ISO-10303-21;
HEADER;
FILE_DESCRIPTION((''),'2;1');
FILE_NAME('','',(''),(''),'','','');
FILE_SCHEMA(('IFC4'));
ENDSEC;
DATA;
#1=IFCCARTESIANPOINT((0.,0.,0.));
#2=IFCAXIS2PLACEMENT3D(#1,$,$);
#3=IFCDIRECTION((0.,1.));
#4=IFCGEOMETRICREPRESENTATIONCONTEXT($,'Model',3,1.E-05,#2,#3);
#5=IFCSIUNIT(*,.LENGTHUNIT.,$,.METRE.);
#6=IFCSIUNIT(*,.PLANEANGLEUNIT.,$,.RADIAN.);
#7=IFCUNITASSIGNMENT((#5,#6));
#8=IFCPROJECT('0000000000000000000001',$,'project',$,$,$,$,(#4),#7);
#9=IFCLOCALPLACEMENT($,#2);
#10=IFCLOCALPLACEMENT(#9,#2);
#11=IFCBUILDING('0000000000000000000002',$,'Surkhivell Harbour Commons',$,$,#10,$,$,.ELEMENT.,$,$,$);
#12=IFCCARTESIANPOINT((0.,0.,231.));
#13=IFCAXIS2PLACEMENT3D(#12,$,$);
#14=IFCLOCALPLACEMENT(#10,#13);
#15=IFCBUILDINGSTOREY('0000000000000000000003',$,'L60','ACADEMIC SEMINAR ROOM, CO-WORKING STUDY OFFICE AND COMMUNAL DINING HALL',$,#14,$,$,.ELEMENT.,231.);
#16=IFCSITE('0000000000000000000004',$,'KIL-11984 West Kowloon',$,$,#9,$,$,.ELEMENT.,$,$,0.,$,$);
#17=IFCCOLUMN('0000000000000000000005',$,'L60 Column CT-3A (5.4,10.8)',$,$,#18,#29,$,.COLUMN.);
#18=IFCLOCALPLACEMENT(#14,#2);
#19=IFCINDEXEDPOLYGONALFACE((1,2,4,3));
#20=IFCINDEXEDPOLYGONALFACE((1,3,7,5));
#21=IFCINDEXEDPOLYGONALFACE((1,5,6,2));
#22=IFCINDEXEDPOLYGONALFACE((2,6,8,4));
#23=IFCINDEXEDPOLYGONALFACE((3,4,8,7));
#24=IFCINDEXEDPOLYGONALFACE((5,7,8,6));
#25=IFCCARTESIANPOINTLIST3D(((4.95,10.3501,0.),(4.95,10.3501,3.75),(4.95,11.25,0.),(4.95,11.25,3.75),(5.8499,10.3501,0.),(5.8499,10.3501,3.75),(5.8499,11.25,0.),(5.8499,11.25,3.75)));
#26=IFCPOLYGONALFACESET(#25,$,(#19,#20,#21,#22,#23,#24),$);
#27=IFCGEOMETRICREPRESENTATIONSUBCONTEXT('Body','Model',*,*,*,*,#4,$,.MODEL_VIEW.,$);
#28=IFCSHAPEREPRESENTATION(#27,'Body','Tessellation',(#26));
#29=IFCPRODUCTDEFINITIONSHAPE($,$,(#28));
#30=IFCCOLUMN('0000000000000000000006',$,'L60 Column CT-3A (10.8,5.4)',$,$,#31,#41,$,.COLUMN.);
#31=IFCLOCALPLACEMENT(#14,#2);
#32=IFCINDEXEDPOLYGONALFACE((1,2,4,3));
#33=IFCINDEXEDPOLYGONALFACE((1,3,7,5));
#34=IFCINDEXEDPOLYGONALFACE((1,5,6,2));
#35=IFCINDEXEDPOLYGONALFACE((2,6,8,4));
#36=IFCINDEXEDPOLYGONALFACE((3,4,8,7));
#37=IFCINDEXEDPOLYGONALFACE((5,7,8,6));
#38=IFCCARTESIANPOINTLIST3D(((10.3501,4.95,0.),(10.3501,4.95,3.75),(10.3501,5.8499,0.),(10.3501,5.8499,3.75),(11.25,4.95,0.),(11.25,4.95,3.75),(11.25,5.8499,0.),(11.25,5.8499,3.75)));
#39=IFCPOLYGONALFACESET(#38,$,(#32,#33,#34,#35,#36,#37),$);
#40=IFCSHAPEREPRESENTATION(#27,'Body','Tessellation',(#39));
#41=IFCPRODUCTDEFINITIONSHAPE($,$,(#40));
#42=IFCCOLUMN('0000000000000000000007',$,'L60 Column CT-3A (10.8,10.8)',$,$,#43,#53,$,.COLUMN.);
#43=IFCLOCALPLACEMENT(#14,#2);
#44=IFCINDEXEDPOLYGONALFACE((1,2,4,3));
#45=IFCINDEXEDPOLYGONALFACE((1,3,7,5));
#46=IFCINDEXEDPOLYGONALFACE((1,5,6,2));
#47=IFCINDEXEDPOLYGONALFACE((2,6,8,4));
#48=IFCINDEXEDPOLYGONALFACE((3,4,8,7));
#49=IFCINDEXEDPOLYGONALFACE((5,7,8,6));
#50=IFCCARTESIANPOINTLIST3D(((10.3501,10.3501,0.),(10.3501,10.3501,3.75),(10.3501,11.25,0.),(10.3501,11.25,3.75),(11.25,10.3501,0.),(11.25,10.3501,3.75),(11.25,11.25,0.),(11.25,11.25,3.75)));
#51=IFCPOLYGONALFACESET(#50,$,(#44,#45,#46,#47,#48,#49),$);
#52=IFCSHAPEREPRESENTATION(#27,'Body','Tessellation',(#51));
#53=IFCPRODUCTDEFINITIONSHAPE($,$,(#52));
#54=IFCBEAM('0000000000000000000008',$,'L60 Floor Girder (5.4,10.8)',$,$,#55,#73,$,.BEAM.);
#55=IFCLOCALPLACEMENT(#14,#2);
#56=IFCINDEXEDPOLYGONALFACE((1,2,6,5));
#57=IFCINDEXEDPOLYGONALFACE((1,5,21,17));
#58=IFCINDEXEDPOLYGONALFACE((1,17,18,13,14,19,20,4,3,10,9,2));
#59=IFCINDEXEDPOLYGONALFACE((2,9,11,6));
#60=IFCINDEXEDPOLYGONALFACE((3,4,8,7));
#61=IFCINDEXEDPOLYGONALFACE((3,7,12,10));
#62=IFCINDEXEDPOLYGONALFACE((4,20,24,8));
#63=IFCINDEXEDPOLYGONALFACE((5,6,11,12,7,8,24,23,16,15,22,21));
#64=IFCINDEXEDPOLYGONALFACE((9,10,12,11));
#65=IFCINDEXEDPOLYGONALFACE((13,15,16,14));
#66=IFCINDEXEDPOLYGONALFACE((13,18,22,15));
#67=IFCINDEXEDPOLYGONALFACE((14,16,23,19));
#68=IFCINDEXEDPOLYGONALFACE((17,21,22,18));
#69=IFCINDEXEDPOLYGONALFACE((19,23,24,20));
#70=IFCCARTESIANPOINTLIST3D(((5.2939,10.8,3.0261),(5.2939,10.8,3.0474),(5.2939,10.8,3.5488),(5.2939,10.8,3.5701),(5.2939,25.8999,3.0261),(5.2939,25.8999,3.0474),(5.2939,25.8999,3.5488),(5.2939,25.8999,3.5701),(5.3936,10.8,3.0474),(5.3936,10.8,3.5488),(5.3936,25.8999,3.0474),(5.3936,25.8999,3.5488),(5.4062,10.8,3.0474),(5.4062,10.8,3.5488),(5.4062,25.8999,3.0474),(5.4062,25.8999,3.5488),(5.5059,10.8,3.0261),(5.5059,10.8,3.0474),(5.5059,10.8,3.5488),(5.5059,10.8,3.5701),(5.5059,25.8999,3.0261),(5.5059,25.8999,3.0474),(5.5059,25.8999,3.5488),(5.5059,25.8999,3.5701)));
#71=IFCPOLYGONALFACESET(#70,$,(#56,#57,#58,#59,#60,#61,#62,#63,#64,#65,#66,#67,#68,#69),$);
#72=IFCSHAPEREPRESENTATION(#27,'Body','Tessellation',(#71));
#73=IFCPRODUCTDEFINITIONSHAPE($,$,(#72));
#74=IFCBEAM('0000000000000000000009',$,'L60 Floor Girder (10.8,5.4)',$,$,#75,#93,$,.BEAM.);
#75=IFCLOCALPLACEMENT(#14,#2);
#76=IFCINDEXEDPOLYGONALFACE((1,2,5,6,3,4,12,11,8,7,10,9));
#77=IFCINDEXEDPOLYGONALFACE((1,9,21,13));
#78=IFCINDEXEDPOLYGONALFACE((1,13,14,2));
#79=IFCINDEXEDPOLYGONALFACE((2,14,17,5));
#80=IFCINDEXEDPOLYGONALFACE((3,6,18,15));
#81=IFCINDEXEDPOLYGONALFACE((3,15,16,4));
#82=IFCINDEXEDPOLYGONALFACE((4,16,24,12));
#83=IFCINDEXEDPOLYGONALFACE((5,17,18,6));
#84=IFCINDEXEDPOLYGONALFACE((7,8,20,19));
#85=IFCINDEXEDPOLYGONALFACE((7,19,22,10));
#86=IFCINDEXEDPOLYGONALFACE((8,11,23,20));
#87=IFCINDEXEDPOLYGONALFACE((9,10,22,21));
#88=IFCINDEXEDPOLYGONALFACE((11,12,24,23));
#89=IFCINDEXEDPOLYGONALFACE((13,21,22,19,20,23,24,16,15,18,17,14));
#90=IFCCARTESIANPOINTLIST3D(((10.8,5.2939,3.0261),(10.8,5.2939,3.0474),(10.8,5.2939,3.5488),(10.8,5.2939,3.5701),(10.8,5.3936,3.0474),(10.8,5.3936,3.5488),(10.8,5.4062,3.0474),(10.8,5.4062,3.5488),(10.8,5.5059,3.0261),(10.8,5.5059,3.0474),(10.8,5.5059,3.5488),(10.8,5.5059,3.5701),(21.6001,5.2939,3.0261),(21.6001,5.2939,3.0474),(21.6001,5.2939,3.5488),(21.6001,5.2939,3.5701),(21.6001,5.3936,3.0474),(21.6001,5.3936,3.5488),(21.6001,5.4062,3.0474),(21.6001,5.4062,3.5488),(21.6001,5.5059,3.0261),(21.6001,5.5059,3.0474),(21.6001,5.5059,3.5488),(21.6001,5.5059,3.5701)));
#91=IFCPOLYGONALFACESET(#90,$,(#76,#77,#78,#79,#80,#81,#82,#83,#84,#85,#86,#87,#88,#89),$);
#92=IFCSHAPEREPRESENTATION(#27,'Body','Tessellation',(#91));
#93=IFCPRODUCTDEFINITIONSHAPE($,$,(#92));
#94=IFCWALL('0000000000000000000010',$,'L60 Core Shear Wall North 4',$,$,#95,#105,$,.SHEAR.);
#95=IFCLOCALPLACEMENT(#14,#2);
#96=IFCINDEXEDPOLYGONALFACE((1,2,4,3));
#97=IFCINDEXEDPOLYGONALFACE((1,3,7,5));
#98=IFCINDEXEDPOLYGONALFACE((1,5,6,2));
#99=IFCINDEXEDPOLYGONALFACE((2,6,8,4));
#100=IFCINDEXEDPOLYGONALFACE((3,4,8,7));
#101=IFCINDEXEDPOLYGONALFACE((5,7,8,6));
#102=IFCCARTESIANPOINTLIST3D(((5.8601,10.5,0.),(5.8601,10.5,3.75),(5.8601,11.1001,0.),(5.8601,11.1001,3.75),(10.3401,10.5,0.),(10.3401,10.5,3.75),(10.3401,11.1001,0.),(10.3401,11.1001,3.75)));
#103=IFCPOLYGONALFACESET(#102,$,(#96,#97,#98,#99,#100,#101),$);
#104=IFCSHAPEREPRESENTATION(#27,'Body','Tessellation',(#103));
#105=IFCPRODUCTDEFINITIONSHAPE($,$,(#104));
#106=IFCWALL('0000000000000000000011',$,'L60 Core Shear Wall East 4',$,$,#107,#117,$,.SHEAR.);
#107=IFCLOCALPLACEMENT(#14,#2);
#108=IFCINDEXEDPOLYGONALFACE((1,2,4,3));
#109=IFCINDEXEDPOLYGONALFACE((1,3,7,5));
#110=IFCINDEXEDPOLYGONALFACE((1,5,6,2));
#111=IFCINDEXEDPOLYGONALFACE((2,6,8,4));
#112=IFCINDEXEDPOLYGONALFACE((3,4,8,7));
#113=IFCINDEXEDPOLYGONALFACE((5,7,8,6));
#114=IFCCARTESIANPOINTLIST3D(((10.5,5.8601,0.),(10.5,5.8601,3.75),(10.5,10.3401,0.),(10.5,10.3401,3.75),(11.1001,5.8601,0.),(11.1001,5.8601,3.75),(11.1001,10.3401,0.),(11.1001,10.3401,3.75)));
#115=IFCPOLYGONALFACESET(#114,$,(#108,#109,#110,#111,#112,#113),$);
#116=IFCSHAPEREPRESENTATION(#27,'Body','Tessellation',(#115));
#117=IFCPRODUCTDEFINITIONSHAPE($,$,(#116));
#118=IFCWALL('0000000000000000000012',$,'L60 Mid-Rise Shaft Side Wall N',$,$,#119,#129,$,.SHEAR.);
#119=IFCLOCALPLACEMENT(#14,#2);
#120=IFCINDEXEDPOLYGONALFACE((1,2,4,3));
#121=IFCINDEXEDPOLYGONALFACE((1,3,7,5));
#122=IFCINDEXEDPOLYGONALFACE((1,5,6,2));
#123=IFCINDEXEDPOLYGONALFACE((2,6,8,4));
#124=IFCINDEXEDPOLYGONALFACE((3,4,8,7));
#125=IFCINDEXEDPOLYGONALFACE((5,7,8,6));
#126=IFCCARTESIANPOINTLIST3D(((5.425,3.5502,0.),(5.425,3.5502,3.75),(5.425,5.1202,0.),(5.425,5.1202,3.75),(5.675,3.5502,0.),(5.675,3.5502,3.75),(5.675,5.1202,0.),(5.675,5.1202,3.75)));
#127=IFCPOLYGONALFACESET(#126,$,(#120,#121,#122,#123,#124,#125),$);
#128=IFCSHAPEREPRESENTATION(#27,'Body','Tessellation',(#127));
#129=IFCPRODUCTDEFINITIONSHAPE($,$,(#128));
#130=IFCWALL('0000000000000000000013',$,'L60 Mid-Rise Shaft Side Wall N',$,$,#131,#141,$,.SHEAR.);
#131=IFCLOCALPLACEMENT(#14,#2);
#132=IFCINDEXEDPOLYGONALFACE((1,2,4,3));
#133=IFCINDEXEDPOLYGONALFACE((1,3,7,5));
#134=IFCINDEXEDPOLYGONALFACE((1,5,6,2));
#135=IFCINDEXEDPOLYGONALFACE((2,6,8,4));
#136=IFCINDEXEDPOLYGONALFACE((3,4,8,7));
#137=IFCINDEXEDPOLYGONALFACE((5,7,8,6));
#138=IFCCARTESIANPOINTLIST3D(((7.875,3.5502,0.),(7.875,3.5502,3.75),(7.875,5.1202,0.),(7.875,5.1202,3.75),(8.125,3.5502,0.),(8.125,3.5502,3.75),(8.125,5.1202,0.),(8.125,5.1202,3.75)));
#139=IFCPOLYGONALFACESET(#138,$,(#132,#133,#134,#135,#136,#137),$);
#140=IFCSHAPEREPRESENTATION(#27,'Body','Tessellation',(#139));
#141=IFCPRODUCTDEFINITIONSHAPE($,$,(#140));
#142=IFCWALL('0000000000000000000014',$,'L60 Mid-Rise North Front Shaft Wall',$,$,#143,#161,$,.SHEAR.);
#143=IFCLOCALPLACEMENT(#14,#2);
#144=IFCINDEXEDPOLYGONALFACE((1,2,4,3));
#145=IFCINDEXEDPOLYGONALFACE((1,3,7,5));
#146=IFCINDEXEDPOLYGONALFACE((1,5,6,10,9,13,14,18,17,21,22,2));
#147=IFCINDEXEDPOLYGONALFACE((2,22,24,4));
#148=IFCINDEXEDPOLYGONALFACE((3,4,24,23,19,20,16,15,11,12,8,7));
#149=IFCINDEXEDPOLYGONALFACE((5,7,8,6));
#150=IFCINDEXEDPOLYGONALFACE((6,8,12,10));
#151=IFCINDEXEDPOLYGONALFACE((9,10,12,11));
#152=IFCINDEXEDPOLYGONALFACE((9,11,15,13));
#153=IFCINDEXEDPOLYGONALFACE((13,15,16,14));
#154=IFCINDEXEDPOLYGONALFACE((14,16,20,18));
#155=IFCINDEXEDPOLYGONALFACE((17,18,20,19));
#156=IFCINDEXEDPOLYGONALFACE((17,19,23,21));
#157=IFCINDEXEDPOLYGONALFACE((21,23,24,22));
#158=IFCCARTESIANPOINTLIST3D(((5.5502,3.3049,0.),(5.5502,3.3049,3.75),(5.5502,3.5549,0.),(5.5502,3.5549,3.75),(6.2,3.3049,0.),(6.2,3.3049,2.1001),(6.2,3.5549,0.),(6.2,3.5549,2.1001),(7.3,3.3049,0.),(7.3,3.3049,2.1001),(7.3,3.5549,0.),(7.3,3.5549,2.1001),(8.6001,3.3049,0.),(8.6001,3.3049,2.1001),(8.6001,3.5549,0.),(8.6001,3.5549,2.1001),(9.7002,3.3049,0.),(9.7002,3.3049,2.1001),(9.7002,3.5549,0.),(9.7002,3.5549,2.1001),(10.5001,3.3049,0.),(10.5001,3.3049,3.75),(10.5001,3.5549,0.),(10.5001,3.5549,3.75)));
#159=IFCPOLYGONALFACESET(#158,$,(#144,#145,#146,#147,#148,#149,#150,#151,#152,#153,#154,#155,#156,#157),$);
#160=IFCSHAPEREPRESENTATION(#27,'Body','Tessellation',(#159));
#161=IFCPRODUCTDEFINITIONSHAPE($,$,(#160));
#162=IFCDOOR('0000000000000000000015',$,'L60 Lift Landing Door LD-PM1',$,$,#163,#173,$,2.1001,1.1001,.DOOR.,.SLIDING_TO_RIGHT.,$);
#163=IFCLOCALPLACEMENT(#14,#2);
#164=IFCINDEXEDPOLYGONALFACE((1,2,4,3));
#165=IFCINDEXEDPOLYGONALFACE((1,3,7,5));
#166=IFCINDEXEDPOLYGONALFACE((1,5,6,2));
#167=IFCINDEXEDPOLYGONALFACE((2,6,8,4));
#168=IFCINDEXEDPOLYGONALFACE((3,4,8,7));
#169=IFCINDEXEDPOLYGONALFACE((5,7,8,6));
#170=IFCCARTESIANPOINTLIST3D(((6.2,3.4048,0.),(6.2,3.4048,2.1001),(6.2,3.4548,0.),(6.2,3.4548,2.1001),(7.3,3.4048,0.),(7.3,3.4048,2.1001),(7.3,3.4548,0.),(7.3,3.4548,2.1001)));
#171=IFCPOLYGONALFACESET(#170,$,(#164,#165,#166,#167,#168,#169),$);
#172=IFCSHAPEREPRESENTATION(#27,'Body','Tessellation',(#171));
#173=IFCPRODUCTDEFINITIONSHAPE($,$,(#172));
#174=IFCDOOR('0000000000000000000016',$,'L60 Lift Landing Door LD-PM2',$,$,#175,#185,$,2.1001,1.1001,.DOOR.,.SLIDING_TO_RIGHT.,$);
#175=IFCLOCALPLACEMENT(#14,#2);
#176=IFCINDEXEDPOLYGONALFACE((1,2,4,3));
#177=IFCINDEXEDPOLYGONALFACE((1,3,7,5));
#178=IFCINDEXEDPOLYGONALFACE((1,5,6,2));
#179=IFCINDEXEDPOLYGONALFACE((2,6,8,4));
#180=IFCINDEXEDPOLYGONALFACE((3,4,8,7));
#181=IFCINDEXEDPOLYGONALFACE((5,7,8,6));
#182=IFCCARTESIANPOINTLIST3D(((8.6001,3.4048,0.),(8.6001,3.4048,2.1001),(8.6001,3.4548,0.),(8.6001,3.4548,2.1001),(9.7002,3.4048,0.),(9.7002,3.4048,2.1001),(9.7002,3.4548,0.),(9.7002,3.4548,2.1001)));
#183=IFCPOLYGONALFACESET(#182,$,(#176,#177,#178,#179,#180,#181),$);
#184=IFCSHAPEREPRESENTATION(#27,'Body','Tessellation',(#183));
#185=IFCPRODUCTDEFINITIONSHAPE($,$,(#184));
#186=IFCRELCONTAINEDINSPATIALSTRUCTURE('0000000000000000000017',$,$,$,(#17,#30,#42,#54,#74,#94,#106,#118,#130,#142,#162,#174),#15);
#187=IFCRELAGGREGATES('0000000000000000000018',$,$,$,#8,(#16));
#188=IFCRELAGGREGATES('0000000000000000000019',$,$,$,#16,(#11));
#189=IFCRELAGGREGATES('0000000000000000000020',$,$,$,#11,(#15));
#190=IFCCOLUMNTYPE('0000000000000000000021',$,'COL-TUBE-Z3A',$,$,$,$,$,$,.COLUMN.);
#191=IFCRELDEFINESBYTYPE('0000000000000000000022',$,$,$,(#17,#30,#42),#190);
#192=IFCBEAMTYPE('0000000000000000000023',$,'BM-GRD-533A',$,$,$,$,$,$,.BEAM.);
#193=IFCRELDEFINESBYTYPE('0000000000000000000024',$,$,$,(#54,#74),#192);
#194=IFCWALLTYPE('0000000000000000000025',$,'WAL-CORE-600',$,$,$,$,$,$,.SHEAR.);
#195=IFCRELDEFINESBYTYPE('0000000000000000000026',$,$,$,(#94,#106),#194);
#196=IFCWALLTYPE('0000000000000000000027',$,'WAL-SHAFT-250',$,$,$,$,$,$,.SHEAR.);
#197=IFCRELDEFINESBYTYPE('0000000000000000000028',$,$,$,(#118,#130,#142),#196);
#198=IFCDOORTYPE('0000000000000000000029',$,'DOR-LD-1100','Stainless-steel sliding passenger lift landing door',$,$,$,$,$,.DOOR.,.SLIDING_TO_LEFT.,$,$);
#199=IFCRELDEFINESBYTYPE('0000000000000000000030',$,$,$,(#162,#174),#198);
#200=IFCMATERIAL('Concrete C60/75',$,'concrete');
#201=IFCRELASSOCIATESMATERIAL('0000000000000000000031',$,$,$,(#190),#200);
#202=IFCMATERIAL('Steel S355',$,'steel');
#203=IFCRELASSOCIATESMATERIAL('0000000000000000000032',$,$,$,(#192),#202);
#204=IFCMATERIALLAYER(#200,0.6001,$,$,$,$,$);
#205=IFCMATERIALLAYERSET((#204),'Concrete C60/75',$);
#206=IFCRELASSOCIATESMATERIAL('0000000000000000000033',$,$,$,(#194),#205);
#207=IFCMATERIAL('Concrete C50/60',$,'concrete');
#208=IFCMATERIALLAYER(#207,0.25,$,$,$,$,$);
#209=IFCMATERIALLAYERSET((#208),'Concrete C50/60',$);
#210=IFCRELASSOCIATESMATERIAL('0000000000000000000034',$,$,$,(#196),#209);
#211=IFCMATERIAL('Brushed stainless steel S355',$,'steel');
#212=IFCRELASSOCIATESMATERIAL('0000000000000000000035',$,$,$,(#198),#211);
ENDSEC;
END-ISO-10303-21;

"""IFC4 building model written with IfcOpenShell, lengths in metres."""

from ifc_helpers import new_model, si_unit, direction, frame, frame_2d, origin, origin_2d, place, context, subcontext, project, spatial, rectangle, i_section, extrude, material, layer, layer_set, material_profile, profile_set, type_object, element, fill, save


model = new_model("IFC4")

# Units and contexts
model_context = context("Model", 3, precision=1e-05, world=origin(), true_north=direction((0.0, 1.0)))
body_context = subcontext(model_context, "Body", "Model", "MODEL_VIEW")
ifc_project = project(units=[si_unit("LENGTHUNIT", "METRE"), si_unit("PLANEANGLEUNIT", "RADIAN")], contexts=[model_context])

# Site, building, storey
site_placement = place(None, origin())
site = spatial("IfcSite", under=ifc_project, at=site_placement, Name="KIL-11984 West Kowloon", CompositionType="ELEMENT", RefElevation=0.0)
building_placement = place(site_placement, origin())
building = spatial("IfcBuilding", under=site, at=building_placement, Name="Surkhivell Harbour Commons", CompositionType="ELEMENT")
storey_placement = place(building_placement, frame((0.0, 0.0, 231.0)))
storey = spatial("IfcBuildingStorey", under=building, at=storey_placement, Name="L60", Description="ACADEMIC SEMINAR ROOM, CO-WORKING STUDY OFFICE AND COMMUNAL DINING HALL", CompositionType="ELEMENT", Elevation=231.0)

# Columns
ifc_material_1 = material(Name="Concrete C60/75", Category="concrete")
ifc_material_profile_1 = material_profile(ifc_material_1, rectangle(XDim=0.8999, YDim=0.8999, at=origin_2d()), Name="RC-COL-900x900")
ifc_profile_set_1 = profile_set([ifc_material_profile_1], Name="Concrete C60/75")
column_type = type_object("IfcColumnType", Name="COL-TUBE-Z3A", PredefinedType="COLUMN", material=ifc_profile_set_1)
for number, where, z_axis, x_axis, name in (
    (1, (5.3999, 10.8, 0.0), (0.0, 0.0, 1.0), (1.0, 0.0, 0.0), "L60 Column CT-3A (5.4,10.8)"),
    (2, (10.8, 5.3999, 0.0), (0.0, 0.0, 1.0), (1.0, 0.0, 0.0), "L60 Column CT-3A (10.8,5.4)"),
    (3, (10.8, 10.8, 0.0), (0.0, 0.0, 1.0), (1.0, 0.0, 0.0), "L60 Column CT-3A (10.8,10.8)"),
):
    element("IfcColumn", number, at=place(storey_placement, frame(where, z_axis=z_axis, x_axis=x_axis)), inside=storey, type_object=column_type, Name=name, PredefinedType="COLUMN", context=body_context, shape_type="SweptSolid", body=[
        extrude(rectangle(XDim=0.8999, YDim=0.8999, at=origin_2d()), origin(), (0.0, 0.0, 1.0), 3.75),
    ])

# Beams
ifc_material_2 = material(Name="Steel S355", Category="steel")
ifc_material_profile_2 = material_profile(ifc_material_2, i_section(OverallWidth=0.2119, OverallDepth=0.5439, WebThickness=0.0127, FlangeThickness=0.0212, at=origin_2d()), Name="UB533x210x122")
ifc_profile_set_2 = profile_set([ifc_material_profile_2], Name="Steel S355")
beam_type = type_object("IfcBeamType", Name="BM-GRD-533A", PredefinedType="BEAM", material=ifc_profile_set_2)
beam_1_placement = place(storey_placement, frame((5.3999, 10.8, 3.2981), z_axis=(0.0, 1.0, 0.0), x_axis=(-1.0, 0.0, 0.0)))
element("IfcBeam", 4, at=beam_1_placement, inside=storey, type_object=beam_type, Name="L60 Floor Girder (5.4,10.8)", PredefinedType="BEAM", context=body_context, shape_type="SweptSolid", body=[
    extrude(i_section(OverallWidth=0.2119, OverallDepth=0.5439, WebThickness=0.0127, FlangeThickness=0.0212, at=origin_2d()), origin(), (0.0, 0.0, 1.0), 15.0999),
])
beam_2_placement = place(storey_placement, frame((10.8, 5.3999, 3.2981), z_axis=(1.0, 0.0, 0.0), x_axis=(0.0, 1.0, 0.0)))
element("IfcBeam", 5, at=beam_2_placement, inside=storey, type_object=beam_type, Name="L60 Floor Girder (10.8,5.4)", PredefinedType="BEAM", context=body_context, shape_type="SweptSolid", body=[
    extrude(i_section(OverallWidth=0.2119, OverallDepth=0.5439, WebThickness=0.0127, FlangeThickness=0.0212, at=origin_2d()), origin(), (0.0, 0.0, 1.0), 10.8),
])

# Walls
ifc_layer_1 = layer(ifc_material_1, 0.6001)
ifc_layer_set_1 = layer_set([ifc_layer_1], Name="Concrete C60/75")
wall_type_1 = type_object("IfcWallType", Name="WAL-CORE-600", PredefinedType="SHEAR", material=ifc_layer_set_1)
for number, where, z_axis, x_axis, name in (
    (6, (5.8601, 10.8, 0.0), (0.0, 0.0, 1.0), (1.0, 0.0, 0.0), "L60 Core Shear Wall North 4"),
    (7, (10.8, 5.8601, 0.0), (0.0, 0.0, 1.0), (0.0, 1.0, 0.0), "L60 Core Shear Wall East 4"),
):
    element("IfcWall", number, at=place(storey_placement, frame(where, z_axis=z_axis, x_axis=x_axis)), inside=storey, type_object=wall_type_1, Name=name, PredefinedType="SHEAR", context=body_context, shape_type="SweptSolid", body=[
        extrude(rectangle(XDim=4.48, YDim=0.6001, at=frame_2d((2.24, 0.0))), origin(), (0.0, 0.0, 1.0), 3.75),
    ])
ifc_material_3 = material(Name="Concrete C50/60", Category="concrete")
ifc_layer_2 = layer(ifc_material_3, 0.25)
ifc_layer_set_2 = layer_set([ifc_layer_2], Name="Concrete C50/60")
wall_type_2 = type_object("IfcWallType", Name="WAL-SHAFT-250", PredefinedType="SHEAR", material=ifc_layer_set_2)
for number, where, z_axis, x_axis, name in (
    (8, (5.55, 3.55, 0.0), (0.0, 0.0, 1.0), (0.0, 1.0, 0.0), "L60 Mid-Rise Shaft Side Wall N"),
    (9, (8.0, 3.55, 0.0), (0.0, 0.0, 1.0), (0.0, 1.0, 0.0), "L60 Mid-Rise Shaft Side Wall N"),
):
    element("IfcWall", number, at=place(storey_placement, frame(where, z_axis=z_axis, x_axis=x_axis)), inside=storey, type_object=wall_type_2, Name=name, PredefinedType="SHEAR", context=body_context, shape_type="SweptSolid", body=[
        extrude(rectangle(XDim=1.5701, YDim=0.25, at=frame_2d((0.7852, 0.0))), origin(), (0.0, 0.0, 1.0), 3.75),
    ])

# Wall, openings, doors
wall_1_placement = place(storey_placement, frame((5.55, 3.4299, 0.0), z_axis=(0.0, 0.0, 1.0), x_axis=(1.0, 0.0, 0.0)))
wall_1 = element("IfcWall", 10, at=wall_1_placement, inside=storey, type_object=wall_type_2, Name="L60 Mid-Rise North Front Shaft Wall", PredefinedType="SHEAR", context=body_context, shape_type="SweptSolid", body=[
    extrude(rectangle(XDim=4.95, YDim=0.25, at=frame_2d((2.4751, 0.0))), origin(), (0.0, 0.0, 1.0), 3.75),
])
opening_1_placement = place(wall_1_placement, frame((0.6499, 0.0, 0.0)))
opening_1 = element("IfcOpeningElement", 11, at=opening_1_placement, cuts=wall_1, PredefinedType="OPENING", context=body_context, shape_type="SweptSolid", body=[
    extrude(rectangle(XDim=1.1001, YDim=2.1001, at=frame_2d((0.55, 1.05))), frame((0.0, 0.135, 0.0), z_axis=(0.0, -1.0, 0.0), x_axis=(1.0, 0.0, 0.0)), (0.0, 0.0, 1.0), 0.27),
])
opening_2_placement = place(wall_1_placement, frame((3.05, 0.0, 0.0)))
opening_2 = element("IfcOpeningElement", 12, at=opening_2_placement, cuts=wall_1, PredefinedType="OPENING", context=body_context, shape_type="SweptSolid", body=[
    extrude(rectangle(XDim=1.1001, YDim=2.1001, at=frame_2d((0.55, 1.05))), frame((0.0, 0.135, 0.0), z_axis=(0.0, -1.0, 0.0), x_axis=(1.0, 0.0, 0.0)), (0.0, 0.0, 1.0), 0.27),
])
ifc_material_4 = material(Name="Brushed stainless steel S355", Category="steel")
door_type = type_object("IfcDoorType", Name="DOR-LD-1100", Description="Stainless-steel sliding passenger lift landing door", OperationType="SLIDING_TO_LEFT", PredefinedType="DOOR", material=ifc_material_4)
door_1_placement = place(opening_1_placement, origin())
door_1 = element("IfcDoor", 13, at=door_1_placement, inside=storey, type_object=door_type, Name="L60 Lift Landing Door LD-PM1", OperationType="SLIDING_TO_RIGHT", OverallHeight=2.1001, OverallWidth=1.1001, PredefinedType="DOOR", context=body_context, shape_type="SweptSolid", body=[
    extrude(rectangle(XDim=1.1001, YDim=2.1001, at=frame_2d((0.55, 1.05))), frame((0.0, 0.0249, 0.0), z_axis=(0.0, -1.0, 0.0), x_axis=(1.0, 0.0, 0.0)), (0.0, 0.0, 1.0), 0.05),
])
fill(opening_1, door_1)
door_2_placement = place(opening_2_placement, origin())
door_2 = element("IfcDoor", 14, at=door_2_placement, inside=storey, type_object=door_type, Name="L60 Lift Landing Door LD-PM2", OperationType="SLIDING_TO_RIGHT", OverallHeight=2.1001, OverallWidth=1.1001, PredefinedType="DOOR", context=body_context, shape_type="SweptSolid", body=[
    extrude(rectangle(XDim=1.1001, YDim=2.1001, at=frame_2d((0.55, 1.05))), frame((0.0, 0.0249, 0.0), z_axis=(0.0, -1.0, 0.0), x_axis=(1.0, 0.0, 0.0)), (0.0, 0.0, 1.0), 0.05),
])
fill(opening_2, door_2)

save(model, "model.ifc")
